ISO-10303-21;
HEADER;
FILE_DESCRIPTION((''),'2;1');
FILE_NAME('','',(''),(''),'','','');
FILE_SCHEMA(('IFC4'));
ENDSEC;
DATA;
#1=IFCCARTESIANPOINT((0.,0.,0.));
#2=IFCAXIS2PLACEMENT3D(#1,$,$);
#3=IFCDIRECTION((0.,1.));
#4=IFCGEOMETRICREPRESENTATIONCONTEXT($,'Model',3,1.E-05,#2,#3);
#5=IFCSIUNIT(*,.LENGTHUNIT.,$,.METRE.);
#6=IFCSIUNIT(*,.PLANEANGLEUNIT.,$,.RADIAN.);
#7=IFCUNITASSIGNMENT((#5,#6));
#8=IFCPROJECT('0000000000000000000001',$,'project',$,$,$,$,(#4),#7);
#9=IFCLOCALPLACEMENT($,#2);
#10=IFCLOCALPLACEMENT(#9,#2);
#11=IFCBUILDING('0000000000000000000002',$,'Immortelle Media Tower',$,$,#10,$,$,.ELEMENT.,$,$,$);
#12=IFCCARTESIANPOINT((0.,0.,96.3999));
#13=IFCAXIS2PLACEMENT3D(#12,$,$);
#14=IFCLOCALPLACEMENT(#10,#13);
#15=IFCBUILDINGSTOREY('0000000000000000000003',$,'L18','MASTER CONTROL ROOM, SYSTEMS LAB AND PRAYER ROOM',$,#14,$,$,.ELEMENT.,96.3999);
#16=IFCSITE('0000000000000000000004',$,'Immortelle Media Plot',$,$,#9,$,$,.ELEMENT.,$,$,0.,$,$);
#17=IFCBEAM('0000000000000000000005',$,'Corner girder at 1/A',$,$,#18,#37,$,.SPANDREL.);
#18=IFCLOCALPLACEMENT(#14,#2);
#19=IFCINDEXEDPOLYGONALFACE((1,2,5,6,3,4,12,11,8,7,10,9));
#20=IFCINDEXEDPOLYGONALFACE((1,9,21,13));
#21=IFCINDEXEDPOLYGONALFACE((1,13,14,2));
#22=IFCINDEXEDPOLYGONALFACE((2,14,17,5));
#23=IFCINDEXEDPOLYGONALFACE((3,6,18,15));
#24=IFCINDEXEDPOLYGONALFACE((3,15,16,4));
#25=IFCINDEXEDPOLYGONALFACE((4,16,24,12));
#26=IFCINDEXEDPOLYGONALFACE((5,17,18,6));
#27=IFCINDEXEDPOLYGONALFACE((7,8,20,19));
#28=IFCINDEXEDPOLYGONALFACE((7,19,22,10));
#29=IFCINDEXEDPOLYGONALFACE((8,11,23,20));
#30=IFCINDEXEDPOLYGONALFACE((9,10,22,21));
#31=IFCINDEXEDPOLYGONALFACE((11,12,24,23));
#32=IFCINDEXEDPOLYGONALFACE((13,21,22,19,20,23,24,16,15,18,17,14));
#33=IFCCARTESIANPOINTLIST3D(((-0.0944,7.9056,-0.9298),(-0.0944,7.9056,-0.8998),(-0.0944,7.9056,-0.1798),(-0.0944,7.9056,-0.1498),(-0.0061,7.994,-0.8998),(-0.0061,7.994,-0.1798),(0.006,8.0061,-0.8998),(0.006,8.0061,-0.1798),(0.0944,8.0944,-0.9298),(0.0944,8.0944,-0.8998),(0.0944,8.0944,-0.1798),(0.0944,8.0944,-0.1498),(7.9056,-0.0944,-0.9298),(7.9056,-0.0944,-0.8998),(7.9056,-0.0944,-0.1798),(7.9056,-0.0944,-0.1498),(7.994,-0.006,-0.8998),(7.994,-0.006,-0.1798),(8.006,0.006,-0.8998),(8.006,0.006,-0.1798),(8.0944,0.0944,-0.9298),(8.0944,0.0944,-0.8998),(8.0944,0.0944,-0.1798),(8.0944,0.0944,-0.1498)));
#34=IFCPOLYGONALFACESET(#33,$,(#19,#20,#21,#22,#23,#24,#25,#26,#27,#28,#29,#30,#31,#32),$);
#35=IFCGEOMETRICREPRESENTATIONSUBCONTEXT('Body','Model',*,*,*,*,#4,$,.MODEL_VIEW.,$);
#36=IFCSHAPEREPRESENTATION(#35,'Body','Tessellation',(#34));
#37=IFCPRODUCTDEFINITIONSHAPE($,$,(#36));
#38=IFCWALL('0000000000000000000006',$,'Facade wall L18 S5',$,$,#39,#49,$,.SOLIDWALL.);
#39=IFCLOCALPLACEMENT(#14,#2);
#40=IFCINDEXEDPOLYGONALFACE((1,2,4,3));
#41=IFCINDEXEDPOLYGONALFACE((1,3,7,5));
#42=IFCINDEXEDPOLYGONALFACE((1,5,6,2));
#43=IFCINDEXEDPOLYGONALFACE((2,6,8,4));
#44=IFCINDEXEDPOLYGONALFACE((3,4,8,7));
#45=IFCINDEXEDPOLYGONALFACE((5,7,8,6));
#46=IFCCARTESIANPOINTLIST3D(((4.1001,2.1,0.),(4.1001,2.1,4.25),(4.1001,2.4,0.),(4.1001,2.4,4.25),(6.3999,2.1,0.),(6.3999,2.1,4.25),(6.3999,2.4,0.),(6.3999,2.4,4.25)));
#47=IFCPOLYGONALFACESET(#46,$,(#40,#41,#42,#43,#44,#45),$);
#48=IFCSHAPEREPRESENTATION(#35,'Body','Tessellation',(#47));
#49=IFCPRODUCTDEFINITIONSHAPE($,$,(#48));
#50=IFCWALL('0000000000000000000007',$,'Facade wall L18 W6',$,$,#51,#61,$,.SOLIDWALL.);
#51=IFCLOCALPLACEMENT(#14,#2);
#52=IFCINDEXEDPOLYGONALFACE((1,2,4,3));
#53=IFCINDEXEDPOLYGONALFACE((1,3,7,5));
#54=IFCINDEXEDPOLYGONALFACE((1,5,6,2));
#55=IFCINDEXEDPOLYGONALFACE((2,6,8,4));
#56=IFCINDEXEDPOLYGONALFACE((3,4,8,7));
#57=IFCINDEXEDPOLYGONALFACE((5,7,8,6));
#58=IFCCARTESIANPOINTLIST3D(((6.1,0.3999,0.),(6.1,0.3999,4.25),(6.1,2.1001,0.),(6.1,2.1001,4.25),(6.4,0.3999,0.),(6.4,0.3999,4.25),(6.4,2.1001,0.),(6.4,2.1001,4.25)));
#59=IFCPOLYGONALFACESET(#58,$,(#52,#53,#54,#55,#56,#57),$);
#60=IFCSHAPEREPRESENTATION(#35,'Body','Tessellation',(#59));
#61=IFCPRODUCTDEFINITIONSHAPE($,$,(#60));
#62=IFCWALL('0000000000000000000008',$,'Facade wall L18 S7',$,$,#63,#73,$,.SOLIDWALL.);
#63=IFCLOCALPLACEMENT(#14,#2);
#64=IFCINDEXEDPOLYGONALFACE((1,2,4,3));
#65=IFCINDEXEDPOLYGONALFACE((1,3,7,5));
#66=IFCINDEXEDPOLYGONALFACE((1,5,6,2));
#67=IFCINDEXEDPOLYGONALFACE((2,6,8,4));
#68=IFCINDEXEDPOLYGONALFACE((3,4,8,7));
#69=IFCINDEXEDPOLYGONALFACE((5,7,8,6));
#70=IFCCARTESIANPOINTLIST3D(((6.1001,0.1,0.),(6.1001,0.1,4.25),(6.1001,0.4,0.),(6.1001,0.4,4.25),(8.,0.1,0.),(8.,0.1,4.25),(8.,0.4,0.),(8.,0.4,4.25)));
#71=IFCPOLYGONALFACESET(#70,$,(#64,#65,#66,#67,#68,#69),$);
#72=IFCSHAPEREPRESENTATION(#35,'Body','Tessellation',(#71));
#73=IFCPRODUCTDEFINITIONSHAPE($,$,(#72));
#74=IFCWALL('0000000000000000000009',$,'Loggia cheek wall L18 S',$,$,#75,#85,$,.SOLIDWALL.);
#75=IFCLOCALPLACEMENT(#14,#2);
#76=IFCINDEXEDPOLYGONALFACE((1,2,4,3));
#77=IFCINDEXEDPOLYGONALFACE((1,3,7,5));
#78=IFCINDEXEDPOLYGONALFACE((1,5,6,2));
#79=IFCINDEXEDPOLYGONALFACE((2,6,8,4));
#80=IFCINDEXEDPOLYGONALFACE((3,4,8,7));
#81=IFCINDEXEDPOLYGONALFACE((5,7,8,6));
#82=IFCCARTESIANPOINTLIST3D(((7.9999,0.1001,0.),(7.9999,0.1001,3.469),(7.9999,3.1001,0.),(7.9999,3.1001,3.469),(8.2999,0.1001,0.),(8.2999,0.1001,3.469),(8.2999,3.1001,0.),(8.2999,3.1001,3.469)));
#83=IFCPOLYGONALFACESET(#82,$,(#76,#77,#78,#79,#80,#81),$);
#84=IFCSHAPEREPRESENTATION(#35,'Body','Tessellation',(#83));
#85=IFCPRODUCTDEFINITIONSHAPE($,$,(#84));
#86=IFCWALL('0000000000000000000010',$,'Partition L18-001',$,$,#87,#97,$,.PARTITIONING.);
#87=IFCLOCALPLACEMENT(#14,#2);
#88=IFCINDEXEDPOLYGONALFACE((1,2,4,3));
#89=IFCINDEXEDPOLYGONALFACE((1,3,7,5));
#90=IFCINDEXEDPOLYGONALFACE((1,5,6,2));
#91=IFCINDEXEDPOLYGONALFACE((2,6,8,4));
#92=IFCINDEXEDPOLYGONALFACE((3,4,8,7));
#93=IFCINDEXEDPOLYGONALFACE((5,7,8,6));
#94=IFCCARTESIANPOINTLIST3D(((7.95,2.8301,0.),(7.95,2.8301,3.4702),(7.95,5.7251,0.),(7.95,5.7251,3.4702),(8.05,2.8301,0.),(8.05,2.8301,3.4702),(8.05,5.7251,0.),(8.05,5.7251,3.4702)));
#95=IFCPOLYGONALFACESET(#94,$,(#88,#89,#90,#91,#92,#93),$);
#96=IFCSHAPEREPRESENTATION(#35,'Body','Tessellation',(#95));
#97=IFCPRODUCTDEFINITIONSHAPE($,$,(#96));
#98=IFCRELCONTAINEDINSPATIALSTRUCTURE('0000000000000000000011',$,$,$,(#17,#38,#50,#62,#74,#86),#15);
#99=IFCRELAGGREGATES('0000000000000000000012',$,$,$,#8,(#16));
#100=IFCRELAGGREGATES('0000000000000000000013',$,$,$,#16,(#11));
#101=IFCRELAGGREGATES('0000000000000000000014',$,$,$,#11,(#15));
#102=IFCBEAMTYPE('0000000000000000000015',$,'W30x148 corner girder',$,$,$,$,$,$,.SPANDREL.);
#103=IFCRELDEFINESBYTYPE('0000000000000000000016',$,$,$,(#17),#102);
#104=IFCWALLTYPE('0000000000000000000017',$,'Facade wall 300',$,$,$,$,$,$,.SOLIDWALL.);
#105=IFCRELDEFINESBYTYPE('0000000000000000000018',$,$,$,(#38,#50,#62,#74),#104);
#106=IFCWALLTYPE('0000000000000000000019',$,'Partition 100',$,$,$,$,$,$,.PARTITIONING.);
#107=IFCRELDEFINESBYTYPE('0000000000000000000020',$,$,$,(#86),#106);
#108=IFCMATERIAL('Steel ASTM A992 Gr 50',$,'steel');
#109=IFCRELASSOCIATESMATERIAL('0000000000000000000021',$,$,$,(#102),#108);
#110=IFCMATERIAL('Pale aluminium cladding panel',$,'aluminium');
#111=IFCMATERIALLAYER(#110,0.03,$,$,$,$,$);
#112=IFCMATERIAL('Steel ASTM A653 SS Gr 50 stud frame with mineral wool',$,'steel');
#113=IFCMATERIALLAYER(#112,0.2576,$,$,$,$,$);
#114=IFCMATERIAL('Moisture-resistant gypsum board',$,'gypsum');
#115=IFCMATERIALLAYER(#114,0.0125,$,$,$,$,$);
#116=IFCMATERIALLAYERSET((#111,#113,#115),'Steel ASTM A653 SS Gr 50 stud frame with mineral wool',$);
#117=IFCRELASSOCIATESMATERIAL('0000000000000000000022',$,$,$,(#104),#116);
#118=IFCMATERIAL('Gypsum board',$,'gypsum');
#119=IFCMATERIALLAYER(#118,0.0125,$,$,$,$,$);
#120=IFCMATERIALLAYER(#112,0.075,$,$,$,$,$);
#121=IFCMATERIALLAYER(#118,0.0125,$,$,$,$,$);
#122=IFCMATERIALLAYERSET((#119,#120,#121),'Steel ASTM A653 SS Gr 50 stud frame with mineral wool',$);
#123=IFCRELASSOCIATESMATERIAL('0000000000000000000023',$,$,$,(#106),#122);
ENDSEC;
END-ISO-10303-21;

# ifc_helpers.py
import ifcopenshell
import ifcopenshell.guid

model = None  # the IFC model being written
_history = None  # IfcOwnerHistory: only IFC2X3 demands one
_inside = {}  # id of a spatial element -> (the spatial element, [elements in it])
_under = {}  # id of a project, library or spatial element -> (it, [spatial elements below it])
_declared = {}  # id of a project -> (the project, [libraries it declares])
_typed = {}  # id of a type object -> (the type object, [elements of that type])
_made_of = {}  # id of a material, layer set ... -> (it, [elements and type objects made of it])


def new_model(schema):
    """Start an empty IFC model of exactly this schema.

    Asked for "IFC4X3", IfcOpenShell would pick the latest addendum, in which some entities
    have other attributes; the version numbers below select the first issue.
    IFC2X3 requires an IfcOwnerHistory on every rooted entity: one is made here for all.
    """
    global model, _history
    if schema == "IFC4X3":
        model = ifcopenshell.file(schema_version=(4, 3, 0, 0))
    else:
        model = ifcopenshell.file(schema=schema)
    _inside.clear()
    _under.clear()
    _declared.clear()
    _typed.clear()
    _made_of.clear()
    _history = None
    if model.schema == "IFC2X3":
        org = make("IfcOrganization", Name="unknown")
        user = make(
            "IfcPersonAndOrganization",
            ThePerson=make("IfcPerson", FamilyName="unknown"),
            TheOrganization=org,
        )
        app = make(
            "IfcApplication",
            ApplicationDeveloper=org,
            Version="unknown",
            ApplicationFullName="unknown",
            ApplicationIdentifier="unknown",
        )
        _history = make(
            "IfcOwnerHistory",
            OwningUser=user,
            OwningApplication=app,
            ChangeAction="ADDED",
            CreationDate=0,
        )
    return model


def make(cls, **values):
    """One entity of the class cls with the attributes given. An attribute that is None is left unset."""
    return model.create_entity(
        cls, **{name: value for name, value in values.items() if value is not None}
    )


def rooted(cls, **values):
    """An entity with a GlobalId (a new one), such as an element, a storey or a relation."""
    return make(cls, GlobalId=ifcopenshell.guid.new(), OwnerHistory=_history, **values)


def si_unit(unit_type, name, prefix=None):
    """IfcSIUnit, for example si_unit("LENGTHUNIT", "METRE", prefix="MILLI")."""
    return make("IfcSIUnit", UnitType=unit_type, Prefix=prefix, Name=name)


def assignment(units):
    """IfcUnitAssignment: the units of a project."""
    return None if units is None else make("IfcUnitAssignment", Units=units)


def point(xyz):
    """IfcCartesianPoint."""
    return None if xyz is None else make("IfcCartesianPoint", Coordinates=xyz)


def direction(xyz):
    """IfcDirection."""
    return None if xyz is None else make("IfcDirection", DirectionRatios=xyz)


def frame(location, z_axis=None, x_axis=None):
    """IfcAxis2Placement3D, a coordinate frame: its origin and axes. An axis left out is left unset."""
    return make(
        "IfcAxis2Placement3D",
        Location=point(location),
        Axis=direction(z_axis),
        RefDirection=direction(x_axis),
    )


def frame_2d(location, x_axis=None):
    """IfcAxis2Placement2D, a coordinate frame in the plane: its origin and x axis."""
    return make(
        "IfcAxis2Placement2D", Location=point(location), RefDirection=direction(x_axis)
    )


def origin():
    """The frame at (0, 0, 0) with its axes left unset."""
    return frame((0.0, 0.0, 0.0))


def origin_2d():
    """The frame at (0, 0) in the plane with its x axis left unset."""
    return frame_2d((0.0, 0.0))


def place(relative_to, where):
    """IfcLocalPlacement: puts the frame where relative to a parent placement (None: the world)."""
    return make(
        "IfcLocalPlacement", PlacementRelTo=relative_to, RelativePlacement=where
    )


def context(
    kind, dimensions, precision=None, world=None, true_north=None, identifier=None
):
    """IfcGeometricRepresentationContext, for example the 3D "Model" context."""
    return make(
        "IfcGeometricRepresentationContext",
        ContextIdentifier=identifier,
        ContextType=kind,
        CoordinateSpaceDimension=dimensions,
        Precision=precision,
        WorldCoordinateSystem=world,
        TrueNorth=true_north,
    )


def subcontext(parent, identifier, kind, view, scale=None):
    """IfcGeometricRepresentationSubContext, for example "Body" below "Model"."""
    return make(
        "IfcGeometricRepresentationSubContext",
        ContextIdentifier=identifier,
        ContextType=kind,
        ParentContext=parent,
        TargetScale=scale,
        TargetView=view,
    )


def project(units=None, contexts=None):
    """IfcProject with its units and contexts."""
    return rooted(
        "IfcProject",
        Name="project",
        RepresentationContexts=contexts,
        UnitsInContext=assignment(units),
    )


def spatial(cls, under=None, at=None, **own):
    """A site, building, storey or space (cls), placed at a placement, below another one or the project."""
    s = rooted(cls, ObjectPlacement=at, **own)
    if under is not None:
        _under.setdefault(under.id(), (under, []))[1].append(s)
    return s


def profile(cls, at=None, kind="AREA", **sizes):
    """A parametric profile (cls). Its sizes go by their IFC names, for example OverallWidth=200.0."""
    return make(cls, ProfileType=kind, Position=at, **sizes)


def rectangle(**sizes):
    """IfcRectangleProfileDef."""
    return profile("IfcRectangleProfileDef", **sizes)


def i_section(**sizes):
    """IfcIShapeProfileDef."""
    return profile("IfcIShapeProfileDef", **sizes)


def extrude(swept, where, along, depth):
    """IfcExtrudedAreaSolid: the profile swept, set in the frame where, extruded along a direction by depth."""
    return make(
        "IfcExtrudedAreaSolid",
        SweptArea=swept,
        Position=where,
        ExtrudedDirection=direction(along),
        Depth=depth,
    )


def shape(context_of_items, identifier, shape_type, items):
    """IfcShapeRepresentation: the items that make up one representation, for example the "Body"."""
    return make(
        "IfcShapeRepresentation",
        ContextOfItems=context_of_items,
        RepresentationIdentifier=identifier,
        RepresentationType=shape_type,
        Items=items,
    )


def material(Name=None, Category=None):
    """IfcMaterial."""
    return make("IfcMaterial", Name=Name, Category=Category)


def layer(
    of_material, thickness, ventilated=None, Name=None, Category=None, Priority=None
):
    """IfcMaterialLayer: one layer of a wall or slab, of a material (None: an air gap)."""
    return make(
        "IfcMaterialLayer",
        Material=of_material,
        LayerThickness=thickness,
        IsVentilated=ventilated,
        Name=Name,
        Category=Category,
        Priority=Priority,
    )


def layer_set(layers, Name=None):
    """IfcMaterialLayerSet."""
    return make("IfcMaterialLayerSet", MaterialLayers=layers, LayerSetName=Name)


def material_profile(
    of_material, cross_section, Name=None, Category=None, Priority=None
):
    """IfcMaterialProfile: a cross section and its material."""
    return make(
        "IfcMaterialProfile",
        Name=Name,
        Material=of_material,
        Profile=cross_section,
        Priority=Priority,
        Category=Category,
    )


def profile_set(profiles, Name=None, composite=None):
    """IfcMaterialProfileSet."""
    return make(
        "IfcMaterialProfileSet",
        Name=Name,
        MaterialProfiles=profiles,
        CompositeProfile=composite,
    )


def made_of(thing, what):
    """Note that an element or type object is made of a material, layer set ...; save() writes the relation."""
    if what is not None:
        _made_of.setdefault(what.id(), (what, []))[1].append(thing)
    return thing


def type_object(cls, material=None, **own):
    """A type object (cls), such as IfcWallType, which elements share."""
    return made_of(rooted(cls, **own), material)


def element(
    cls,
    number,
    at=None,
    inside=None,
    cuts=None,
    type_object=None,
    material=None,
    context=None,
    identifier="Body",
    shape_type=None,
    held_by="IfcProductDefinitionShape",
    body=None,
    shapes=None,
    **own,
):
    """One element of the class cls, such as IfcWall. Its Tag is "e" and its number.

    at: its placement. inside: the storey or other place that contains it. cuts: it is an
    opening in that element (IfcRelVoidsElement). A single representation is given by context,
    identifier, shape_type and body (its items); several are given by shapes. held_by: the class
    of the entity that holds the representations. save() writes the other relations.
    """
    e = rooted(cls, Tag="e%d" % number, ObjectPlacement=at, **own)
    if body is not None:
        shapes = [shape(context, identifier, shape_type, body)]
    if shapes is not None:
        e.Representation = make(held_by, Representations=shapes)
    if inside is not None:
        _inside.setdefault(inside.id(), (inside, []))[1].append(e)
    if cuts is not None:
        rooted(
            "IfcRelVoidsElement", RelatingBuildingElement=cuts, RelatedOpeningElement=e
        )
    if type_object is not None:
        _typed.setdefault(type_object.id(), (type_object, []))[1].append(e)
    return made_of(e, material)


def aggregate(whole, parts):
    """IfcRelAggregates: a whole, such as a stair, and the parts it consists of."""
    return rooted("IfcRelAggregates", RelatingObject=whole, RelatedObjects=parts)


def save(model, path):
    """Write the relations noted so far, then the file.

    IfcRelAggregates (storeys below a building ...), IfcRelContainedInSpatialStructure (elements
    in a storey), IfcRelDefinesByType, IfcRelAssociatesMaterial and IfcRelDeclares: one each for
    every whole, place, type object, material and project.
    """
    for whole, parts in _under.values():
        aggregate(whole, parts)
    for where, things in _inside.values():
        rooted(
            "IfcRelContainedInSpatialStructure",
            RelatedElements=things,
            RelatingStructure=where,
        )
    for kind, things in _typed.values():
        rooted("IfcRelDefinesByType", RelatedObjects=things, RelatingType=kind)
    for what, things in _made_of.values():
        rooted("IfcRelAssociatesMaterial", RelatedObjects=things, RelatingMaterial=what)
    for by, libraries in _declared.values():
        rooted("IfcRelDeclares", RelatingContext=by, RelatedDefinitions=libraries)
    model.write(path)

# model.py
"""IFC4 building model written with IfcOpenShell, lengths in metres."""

from ifc_helpers import new_model, si_unit, direction, frame, frame_2d, origin, origin_2d, place, context, subcontext, project, spatial, rectangle, i_section, extrude, material, layer, layer_set, material_profile, profile_set, type_object, element, save


model = new_model("IFC4")

# Units and contexts
model_context = context("Model", 3, precision=1e-05, world=origin(), true_north=direction((0.0, 1.0)))
body_context = subcontext(model_context, "Body", "Model", "MODEL_VIEW")
ifc_project = project(units=[si_unit("LENGTHUNIT", "METRE"), si_unit("PLANEANGLEUNIT", "RADIAN")], contexts=[model_context])

# Site, building, storey
site_placement = place(None, origin())
site = spatial("IfcSite", under=ifc_project, at=site_placement, Name="Immortelle Media Plot", CompositionType="ELEMENT", RefElevation=0.0)
building_placement = place(site_placement, origin())
building = spatial("IfcBuilding", under=site, at=building_placement, Name="Immortelle Media Tower", CompositionType="ELEMENT")
storey_placement = place(building_placement, frame((0.0, 0.0, 96.3999)))
storey = spatial("IfcBuildingStorey", under=building, at=storey_placement, Name="L18", Description="MASTER CONTROL ROOM, SYSTEMS LAB AND PRAYER ROOM", CompositionType="ELEMENT", Elevation=96.3999)

# Shared definitions
ifc_material_1 = material(Name="Steel ASTM A992 Gr 50", Category="steel")

# Beam
ifc_material_profile_1 = material_profile(ifc_material_1, i_section(OverallWidth=0.2671, OverallDepth=0.78, WebThickness=0.0171, FlangeThickness=0.03, at=origin_2d()), Name="W30x148")
ifc_profile_set_1 = profile_set([ifc_material_profile_1], Name="Steel ASTM A992 Gr 50")
beam_type_1 = type_object("IfcBeamType", Name="W30x148 corner girder", PredefinedType="SPANDREL", material=ifc_profile_set_1)
beam_1_placement = place(storey_placement, frame((8.0, 0.0, -0.5398), z_axis=(-0.707107, 0.707107, 0.0), x_axis=(-0.707107, -0.707107, 0.0)))
element("IfcBeam", 1, at=beam_1_placement, inside=storey, type_object=beam_type_1, Name="Corner girder at 1/A", PredefinedType="SPANDREL", context=body_context, shape_type="SweptSolid", body=[
    extrude(i_section(OverallWidth=0.2671, OverallDepth=0.78, WebThickness=0.0171, FlangeThickness=0.03, at=origin_2d()), origin(), (0.0, 0.0, 1.0), 11.3137),
])

# Walls
ifc_material_2 = material(Name="Pale aluminium cladding panel", Category="aluminium")
ifc_layer_1 = layer(ifc_material_2, 0.03)
ifc_material_3 = material(Name="Steel ASTM A653 SS Gr 50 stud frame with mineral wool", Category="steel")
ifc_layer_2 = layer(ifc_material_3, 0.2576)
ifc_material_4 = material(Name="Moisture-resistant gypsum board", Category="gypsum")
ifc_layer_3 = layer(ifc_material_4, 0.0125)
ifc_layer_set_1 = layer_set([ifc_layer_1, ifc_layer_2, ifc_layer_3], Name="Steel ASTM A653 SS Gr 50 stud frame with mineral wool")
wall_type_1 = type_object("IfcWallType", Name="Facade wall 300", PredefinedType="SOLIDWALL", material=ifc_layer_set_1)
wall_1_placement = place(storey_placement, frame((4.1001, 2.25, 0.0), z_axis=(0.0, 0.0, 1.0), x_axis=(1.0, 0.0, 0.0)))
element("IfcWall", 2, at=wall_1_placement, inside=storey, type_object=wall_type_1, Name="Facade wall L18 S5", PredefinedType="SOLIDWALL", context=body_context, shape_type="SweptSolid", body=[
    extrude(rectangle(XDim=2.2998, YDim=0.3, at=frame_2d((1.1499, 0.0))), origin(), (0.0, 0.0, 1.0), 4.25),
])
wall_2_placement = place(storey_placement, frame((6.25, 2.1001, 0.0), z_axis=(0.0, 0.0, 1.0), x_axis=(0.0, -1.0, 0.0)))
element("IfcWall", 3, at=wall_2_placement, inside=storey, type_object=wall_type_1, Name="Facade wall L18 W6", PredefinedType="SOLIDWALL", context=body_context, shape_type="SweptSolid", body=[
    extrude(rectangle(XDim=1.7002, YDim=0.3, at=frame_2d((0.8501, 0.0))), origin(), (0.0, 0.0, 1.0), 4.25),
])
wall_3_placement = place(storey_placement, frame((6.1001, 0.25, 0.0), z_axis=(0.0, 0.0, 1.0), x_axis=(1.0, 0.0, 0.0)))
element("IfcWall", 4, at=wall_3_placement, inside=storey, type_object=wall_type_1, Name="Facade wall L18 S7", PredefinedType="SOLIDWALL", context=body_context, shape_type="SweptSolid", body=[
    extrude(rectangle(XDim=1.8999, YDim=0.3, at=frame_2d((0.95, 0.0))), origin(), (0.0, 0.0, 1.0), 4.25),
])

# Walls
wall_4_placement = place(storey_placement, frame((8.1499, 0.1001, 0.0), z_axis=(0.0, 0.0, 1.0), x_axis=(0.0, 1.0, 0.0)))
element("IfcWall", 5, at=wall_4_placement, inside=storey, type_object=wall_type_1, Name="Loggia cheek wall L18 S", PredefinedType="SOLIDWALL", context=body_context, shape_type="SweptSolid", body=[
    extrude(rectangle(XDim=3.0, YDim=0.3, at=frame_2d((1.5, 0.0))), origin(), (0.0, 0.0, 1.0), 3.469),
])
ifc_material_5 = material(Name="Gypsum board", Category="gypsum")
ifc_layer_4 = layer(ifc_material_5, 0.0125)
ifc_layer_5 = layer(ifc_material_3, 0.075)
ifc_layer_6 = layer(ifc_material_5, 0.0125)
ifc_layer_set_2 = layer_set([ifc_layer_4, ifc_layer_5, ifc_layer_6], Name="Steel ASTM A653 SS Gr 50 stud frame with mineral wool")
wall_type_2 = type_object("IfcWallType", Name="Partition 100", PredefinedType="PARTITIONING", material=ifc_layer_set_2)
wall_5_placement = place(storey_placement, frame((8.0, 2.8301, 0.0), z_axis=(0.0, 0.0, 1.0), x_axis=(0.0, 1.0, 0.0)))
element("IfcWall", 6, at=wall_5_placement, inside=storey, type_object=wall_type_2, Name="Partition L18-001", PredefinedType="PARTITIONING", context=body_context, shape_type="SweptSolid", body=[
    extrude(rectangle(XDim=2.895, YDim=0.1001, at=frame_2d((1.4475, 0.0))), origin(), (0.0, 0.0, 1.0), 3.4702),
])

save(model, "model.ifc")
